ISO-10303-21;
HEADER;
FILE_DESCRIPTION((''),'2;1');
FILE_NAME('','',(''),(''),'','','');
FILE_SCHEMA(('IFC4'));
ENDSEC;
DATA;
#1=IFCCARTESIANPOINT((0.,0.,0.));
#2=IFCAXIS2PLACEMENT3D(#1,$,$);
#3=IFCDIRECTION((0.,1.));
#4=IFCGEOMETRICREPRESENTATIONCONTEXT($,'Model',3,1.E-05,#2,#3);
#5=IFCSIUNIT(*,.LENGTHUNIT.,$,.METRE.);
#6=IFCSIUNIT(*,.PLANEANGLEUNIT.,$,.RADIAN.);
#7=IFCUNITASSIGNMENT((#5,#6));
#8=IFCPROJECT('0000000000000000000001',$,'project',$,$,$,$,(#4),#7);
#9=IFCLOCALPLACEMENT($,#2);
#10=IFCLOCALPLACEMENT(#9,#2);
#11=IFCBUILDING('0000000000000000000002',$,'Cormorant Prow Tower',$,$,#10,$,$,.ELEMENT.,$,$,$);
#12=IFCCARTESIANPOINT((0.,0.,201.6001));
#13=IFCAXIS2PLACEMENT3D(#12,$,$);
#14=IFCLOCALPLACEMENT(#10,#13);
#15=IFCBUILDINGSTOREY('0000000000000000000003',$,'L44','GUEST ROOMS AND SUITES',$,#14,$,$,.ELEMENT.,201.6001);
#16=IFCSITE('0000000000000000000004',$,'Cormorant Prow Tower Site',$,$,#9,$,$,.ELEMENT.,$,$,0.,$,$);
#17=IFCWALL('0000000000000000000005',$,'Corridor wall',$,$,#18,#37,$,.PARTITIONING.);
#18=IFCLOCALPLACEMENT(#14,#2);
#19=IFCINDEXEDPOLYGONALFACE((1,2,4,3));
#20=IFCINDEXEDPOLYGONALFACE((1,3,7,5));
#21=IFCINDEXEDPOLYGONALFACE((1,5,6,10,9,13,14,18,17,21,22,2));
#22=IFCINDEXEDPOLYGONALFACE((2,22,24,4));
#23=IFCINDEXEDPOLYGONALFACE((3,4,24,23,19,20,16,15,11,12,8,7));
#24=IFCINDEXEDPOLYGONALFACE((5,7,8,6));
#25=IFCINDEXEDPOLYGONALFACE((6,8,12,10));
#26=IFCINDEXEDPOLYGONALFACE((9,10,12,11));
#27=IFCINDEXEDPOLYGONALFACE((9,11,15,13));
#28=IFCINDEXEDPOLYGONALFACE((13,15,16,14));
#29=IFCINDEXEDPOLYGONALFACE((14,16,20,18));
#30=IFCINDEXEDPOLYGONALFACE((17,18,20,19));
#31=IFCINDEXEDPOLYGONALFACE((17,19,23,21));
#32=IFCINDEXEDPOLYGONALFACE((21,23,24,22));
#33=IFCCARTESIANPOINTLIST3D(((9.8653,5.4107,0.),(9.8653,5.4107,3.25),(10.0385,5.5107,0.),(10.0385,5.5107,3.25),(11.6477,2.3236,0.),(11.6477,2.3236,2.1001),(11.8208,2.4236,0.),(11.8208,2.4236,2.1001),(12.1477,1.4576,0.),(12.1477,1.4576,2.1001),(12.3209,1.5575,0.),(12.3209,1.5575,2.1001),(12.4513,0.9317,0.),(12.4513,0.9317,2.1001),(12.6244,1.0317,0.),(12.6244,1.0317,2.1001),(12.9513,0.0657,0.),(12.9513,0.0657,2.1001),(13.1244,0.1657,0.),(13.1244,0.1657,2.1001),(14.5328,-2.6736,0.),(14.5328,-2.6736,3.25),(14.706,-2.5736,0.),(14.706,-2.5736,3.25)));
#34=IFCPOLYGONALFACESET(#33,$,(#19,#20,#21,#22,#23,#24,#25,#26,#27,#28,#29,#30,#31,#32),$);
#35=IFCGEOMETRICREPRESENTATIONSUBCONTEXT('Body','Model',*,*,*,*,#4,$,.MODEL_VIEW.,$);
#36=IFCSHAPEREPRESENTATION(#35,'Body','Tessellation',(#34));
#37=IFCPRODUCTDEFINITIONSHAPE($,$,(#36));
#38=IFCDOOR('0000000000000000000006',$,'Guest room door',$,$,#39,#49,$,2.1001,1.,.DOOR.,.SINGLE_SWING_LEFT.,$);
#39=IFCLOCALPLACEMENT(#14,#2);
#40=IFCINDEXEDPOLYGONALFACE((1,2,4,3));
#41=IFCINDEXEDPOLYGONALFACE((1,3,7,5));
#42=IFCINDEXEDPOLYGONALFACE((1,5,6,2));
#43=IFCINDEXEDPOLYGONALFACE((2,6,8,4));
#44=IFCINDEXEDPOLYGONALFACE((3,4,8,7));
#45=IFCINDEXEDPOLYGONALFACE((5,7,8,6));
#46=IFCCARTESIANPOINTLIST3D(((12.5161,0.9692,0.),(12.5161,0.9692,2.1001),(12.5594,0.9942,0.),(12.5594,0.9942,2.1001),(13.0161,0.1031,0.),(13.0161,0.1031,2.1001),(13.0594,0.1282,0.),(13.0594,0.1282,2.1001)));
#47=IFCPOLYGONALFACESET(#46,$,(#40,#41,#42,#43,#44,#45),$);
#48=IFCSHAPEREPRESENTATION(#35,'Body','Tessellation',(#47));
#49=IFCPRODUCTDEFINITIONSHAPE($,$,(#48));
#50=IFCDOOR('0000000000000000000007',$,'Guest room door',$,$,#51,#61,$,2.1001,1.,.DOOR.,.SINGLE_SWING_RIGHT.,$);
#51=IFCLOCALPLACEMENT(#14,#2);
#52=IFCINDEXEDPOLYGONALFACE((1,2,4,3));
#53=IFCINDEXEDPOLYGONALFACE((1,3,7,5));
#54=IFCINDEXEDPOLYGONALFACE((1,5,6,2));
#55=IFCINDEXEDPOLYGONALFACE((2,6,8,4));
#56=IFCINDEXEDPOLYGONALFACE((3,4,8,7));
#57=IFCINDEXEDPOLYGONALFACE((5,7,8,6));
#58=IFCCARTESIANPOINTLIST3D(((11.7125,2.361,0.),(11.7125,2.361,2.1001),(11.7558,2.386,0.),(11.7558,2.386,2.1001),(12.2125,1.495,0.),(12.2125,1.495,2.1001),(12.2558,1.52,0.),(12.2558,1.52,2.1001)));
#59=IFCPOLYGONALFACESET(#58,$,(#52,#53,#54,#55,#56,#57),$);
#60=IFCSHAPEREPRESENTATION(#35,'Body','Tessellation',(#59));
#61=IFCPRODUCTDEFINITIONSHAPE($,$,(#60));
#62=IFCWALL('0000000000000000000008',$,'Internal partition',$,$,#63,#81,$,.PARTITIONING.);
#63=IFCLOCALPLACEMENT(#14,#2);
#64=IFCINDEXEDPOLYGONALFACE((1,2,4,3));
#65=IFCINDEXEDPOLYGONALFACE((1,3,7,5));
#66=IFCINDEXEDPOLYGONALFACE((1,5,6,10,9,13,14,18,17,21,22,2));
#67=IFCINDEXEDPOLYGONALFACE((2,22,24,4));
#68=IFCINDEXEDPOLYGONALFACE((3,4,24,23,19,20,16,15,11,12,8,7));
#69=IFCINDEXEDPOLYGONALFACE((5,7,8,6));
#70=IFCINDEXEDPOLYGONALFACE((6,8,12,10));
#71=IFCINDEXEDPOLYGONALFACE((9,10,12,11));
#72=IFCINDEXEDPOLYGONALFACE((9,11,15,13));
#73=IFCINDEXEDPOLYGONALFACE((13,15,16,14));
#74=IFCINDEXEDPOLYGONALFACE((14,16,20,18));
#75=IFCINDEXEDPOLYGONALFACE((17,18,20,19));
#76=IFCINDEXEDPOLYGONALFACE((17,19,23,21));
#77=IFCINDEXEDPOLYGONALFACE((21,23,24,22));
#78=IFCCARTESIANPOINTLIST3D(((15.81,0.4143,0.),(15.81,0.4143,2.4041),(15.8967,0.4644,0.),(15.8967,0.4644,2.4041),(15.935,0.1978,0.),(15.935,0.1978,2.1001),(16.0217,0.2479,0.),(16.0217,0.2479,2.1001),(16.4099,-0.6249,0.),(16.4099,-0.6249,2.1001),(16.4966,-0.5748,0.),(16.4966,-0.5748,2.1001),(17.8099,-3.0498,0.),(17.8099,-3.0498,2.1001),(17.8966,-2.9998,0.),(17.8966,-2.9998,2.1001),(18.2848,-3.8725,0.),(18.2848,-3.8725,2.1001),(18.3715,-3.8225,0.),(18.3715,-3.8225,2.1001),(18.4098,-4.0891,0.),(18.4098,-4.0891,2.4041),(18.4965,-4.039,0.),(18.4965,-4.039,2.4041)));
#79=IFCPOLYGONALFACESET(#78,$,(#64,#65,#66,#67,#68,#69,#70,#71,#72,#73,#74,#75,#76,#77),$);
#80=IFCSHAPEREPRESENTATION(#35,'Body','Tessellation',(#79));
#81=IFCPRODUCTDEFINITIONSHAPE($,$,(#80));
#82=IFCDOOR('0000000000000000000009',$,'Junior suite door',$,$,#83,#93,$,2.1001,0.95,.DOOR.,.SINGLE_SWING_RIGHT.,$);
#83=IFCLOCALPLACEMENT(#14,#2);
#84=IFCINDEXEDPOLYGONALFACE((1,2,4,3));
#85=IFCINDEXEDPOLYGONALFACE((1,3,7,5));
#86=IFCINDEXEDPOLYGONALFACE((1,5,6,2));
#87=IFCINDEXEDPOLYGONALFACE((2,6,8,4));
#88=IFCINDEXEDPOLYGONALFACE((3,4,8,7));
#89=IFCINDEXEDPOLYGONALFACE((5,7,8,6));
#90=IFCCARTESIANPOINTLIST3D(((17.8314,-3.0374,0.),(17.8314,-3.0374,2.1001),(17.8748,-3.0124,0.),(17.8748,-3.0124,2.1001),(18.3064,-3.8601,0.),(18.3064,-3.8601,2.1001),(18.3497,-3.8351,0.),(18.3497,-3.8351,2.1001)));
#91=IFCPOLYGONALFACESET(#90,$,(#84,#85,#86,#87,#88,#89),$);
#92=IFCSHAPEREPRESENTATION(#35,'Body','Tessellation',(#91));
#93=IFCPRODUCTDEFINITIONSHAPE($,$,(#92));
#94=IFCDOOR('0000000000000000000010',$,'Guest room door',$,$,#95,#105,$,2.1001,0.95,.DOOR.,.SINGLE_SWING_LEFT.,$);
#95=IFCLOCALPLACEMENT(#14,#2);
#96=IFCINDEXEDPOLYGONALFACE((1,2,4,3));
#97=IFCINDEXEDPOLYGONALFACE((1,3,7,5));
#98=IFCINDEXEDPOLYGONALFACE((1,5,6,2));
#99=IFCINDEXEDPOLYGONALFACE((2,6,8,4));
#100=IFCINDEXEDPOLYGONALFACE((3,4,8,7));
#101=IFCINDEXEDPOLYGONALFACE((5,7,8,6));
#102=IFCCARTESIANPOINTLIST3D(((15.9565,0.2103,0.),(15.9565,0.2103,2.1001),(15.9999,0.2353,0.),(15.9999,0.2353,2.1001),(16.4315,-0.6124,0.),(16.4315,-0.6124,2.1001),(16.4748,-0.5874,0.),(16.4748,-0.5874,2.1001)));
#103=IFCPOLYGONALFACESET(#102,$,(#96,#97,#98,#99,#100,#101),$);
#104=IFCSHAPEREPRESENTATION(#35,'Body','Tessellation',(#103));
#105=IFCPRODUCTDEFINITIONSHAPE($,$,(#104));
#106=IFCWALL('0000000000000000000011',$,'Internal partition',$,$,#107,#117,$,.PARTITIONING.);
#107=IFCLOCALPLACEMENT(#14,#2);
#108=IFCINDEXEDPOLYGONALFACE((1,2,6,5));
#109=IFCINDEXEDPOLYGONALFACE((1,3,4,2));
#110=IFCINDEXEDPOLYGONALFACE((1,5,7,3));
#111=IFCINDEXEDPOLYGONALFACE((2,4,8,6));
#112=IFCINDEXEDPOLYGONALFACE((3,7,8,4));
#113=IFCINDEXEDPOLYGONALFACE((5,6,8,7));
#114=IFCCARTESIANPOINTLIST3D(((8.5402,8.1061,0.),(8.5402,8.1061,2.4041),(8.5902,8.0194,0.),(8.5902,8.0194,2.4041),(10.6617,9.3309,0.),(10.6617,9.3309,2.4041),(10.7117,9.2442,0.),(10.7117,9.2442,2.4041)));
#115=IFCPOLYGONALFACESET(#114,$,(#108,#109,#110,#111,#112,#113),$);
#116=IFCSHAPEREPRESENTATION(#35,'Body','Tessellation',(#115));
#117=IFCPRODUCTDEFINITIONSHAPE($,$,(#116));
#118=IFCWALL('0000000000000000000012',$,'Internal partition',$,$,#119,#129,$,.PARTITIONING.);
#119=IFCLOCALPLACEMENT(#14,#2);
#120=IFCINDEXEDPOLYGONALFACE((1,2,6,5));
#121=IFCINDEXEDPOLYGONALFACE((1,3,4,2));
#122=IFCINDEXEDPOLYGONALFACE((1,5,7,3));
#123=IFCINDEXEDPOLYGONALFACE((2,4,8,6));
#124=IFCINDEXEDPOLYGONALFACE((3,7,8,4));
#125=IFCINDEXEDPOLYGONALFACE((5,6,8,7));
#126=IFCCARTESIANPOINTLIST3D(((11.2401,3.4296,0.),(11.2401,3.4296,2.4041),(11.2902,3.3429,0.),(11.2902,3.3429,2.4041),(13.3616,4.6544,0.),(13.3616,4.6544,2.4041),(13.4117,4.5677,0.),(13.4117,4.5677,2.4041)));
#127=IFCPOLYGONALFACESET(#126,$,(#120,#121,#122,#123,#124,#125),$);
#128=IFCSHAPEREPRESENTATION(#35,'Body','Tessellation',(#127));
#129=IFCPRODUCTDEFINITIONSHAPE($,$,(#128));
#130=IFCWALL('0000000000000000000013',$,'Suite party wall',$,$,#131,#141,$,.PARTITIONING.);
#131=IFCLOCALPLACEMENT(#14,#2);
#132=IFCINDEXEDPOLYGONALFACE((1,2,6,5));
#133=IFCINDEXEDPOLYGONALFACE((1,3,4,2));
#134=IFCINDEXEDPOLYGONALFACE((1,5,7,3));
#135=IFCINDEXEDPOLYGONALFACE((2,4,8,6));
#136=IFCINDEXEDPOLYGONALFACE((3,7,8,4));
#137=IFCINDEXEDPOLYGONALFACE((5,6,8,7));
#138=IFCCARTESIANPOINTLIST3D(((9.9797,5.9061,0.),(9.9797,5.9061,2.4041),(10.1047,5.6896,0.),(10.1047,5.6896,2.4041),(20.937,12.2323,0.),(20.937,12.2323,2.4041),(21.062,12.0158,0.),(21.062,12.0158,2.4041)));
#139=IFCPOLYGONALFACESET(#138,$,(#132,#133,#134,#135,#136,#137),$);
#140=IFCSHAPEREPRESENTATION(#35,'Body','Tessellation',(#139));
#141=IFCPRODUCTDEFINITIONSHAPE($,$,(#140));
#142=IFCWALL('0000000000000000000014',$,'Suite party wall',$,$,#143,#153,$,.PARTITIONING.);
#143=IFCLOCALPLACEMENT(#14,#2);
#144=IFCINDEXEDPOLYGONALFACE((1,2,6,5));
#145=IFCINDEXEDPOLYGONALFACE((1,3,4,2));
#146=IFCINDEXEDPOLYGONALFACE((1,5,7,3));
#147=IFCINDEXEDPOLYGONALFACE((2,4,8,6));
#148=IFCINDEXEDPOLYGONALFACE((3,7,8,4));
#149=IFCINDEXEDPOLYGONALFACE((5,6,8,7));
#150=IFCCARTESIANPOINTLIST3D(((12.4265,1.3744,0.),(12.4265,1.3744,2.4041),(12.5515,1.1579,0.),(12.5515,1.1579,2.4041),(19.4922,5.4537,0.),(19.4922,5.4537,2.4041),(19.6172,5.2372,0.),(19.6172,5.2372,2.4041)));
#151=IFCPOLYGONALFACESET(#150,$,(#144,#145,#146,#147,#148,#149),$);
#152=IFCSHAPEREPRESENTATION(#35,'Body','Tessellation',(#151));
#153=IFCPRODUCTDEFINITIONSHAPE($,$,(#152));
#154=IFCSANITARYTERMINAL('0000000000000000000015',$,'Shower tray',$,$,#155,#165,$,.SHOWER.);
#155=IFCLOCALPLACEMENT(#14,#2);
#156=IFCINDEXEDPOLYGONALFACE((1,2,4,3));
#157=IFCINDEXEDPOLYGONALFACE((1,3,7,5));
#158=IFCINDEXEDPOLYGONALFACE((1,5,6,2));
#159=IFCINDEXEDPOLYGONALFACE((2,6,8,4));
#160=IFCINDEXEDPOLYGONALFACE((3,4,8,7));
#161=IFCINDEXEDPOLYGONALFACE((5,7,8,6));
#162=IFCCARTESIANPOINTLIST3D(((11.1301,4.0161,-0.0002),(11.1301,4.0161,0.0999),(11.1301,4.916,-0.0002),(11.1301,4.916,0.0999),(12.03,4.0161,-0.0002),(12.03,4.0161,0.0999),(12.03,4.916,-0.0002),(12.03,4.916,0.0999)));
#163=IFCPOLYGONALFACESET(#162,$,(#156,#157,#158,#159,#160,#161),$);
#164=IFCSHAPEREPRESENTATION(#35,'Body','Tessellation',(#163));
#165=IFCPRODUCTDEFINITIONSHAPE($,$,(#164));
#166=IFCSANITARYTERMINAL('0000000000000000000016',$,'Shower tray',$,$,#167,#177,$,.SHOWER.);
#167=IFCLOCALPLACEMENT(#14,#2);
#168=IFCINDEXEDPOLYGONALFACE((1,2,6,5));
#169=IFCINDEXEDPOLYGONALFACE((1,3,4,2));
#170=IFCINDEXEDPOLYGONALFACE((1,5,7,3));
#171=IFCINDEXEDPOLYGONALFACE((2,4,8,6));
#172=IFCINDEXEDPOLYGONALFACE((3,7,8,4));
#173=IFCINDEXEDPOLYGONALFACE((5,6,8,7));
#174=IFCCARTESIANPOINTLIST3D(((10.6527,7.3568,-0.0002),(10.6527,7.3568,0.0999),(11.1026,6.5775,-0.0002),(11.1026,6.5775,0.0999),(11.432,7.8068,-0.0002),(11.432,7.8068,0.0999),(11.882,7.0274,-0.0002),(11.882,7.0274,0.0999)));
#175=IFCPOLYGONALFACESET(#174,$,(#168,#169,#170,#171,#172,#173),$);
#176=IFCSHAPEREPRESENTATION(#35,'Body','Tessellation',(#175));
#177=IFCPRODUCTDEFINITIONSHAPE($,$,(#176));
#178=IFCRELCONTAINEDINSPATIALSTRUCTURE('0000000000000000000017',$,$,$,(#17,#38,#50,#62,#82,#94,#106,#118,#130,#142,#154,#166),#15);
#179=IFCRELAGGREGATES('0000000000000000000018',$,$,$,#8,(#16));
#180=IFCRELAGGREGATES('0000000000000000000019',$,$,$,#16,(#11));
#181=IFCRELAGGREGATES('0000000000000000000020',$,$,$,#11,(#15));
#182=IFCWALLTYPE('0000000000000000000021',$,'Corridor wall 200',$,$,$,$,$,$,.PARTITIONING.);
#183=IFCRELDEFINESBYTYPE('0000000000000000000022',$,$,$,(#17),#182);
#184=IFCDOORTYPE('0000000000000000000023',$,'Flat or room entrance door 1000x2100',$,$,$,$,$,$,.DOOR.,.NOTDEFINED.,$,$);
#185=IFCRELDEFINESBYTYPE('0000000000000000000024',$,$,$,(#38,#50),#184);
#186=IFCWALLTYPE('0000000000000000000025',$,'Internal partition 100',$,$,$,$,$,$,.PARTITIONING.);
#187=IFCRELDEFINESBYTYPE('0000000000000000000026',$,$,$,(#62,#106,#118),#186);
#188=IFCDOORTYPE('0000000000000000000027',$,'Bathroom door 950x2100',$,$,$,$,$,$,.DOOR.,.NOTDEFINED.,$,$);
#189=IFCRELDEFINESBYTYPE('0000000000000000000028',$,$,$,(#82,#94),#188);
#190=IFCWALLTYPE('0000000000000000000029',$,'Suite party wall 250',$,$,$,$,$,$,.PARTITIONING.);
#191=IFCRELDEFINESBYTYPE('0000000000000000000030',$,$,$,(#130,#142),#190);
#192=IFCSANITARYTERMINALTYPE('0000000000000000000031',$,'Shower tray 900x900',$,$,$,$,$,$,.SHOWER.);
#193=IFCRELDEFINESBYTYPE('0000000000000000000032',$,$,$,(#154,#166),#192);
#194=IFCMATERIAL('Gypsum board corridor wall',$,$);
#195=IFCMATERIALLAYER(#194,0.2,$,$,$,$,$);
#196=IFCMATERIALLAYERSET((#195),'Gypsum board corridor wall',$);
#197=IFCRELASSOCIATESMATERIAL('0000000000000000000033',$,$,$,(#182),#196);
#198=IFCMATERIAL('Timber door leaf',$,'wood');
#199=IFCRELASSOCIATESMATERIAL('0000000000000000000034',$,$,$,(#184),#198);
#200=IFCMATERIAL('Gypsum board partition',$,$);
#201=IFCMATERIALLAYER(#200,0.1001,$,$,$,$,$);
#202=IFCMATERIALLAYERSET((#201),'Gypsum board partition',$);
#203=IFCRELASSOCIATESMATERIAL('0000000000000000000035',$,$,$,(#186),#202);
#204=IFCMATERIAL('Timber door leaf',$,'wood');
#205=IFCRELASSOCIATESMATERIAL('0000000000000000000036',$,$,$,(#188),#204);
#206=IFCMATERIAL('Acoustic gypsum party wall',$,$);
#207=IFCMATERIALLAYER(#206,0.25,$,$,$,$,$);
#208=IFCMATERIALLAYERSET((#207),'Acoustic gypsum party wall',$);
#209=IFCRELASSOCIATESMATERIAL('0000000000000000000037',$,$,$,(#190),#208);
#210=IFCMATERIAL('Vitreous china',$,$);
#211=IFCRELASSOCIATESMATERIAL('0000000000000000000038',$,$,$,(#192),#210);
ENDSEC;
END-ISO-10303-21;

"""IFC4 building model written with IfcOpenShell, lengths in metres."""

from ifc_helpers import new_model, si_unit, direction, frame, frame_2d, origin, origin_2d, place, context, subcontext, project, spatial, rectangle, extrude, material, layer, layer_set, type_object, element, fill, save


model = new_model("IFC4")

# Units and contexts
model_context = context("Model", 3, precision=1e-05, world=origin(), true_north=direction((0.0, 1.0)))
body_context = subcontext(model_context, "Body", "Model", "MODEL_VIEW")
ifc_project = project(units=[si_unit("LENGTHUNIT", "METRE"), si_unit("PLANEANGLEUNIT", "RADIAN")], contexts=[model_context])

# Site, building, storey
site_placement = place(None, origin())
site = spatial("IfcSite", under=ifc_project, at=site_placement, Name="Cormorant Prow Tower Site", CompositionType="ELEMENT", RefElevation=0.0)
building_placement = place(site_placement, origin())
building = spatial("IfcBuilding", under=site, at=building_placement, Name="Cormorant Prow Tower", CompositionType="ELEMENT")
storey_placement = place(building_placement, frame((0.0, 0.0, 201.6001)))
storey = spatial("IfcBuildingStorey", under=building, at=storey_placement, Name="L44", Description="GUEST ROOMS AND SUITES", CompositionType="ELEMENT", Elevation=201.6001)

# Walls, openings, doors
ifc_material_1 = material(Name="Gypsum board corridor wall")
ifc_layer_1 = layer(ifc_material_1, 0.2)
ifc_layer_set_1 = layer_set([ifc_layer_1], Name="Gypsum board corridor wall")
wall_type_1 = type_object("IfcWallType", Name="Corridor wall 200", PredefinedType="PARTITIONING", material=ifc_layer_set_1)
wall_1_placement = place(storey_placement, frame((9.9519, 5.4607, 0.0), z_axis=(0.0, 0.0, 1.0), x_axis=(0.500004, -0.866023, 0.0)))
wall_1 = element("IfcWall", 1, at=wall_1_placement, inside=storey, type_object=wall_type_1, Name="Corridor wall", PredefinedType="PARTITIONING", context=body_context, shape_type="SweptSolid", body=[
    extrude(rectangle(XDim=9.335, YDim=0.2, at=frame_2d((4.6675, 0.0))), origin(), (0.0, 0.0, 1.0), 3.25),
])
opening_1_placement = place(wall_1_placement, frame((5.1719, 0.0, 0.0)))
opening_1 = element("IfcOpeningElement", 2, at=opening_1_placement, cuts=wall_1, PredefinedType="OPENING", context=body_context, shape_type="SweptSolid", body=[
    extrude(rectangle(XDim=1.0, YDim=2.1001, at=frame_2d((0.5, 1.05))), frame((0.0, 0.1099, 0.0), z_axis=(0.0, -1.0, 0.0), x_axis=(1.0, 0.0, 0.0)), (0.0, 0.0, 1.0), 0.22),
])
opening_2_placement = place(wall_1_placement, frame((3.5647, 0.0, 0.0)))
opening_2 = element("IfcOpeningElement", 3, at=opening_2_placement, cuts=wall_1, PredefinedType="OPENING", context=body_context, shape_type="SweptSolid", body=[
    extrude(rectangle(XDim=1.0, YDim=2.1001, at=frame_2d((0.5, 1.05))), frame((0.0, 0.1099, 0.0), z_axis=(0.0, -1.0, 0.0), x_axis=(1.0, 0.0, 0.0)), (0.0, 0.0, 1.0), 0.22),
])
ifc_material_2 = material(Name="Timber door leaf", Category="wood")
door_type_1 = type_object("IfcDoorType", Name="Flat or room entrance door 1000x2100", OperationType="NOTDEFINED", PredefinedType="DOOR", material=ifc_material_2)
door_1_placement = place(opening_1_placement, origin())
door_1 = element("IfcDoor", 4, at=door_1_placement, inside=storey, type_object=door_type_1, Name="Guest room door", OperationType="SINGLE_SWING_LEFT", OverallHeight=2.1001, OverallWidth=1.0, PredefinedType="DOOR", context=body_context, shape_type="SweptSolid", body=[
    extrude(rectangle(XDim=1.0, YDim=2.1001, at=frame_2d((0.5, 1.05))), frame((0.0, 0.0249, 0.0), z_axis=(0.0, -1.0, 0.0), x_axis=(1.0, 0.0, 0.0)), (0.0, 0.0, 1.0), 0.05),
])
fill(opening_1, door_1)
door_2_placement = place(opening_2_placement, origin())
door_2 = element("IfcDoor", 5, at=door_2_placement, inside=storey, type_object=door_type_1, Name="Guest room door", OperationType="SINGLE_SWING_RIGHT", OverallHeight=2.1001, OverallWidth=1.0, PredefinedType="DOOR", context=body_context, shape_type="SweptSolid", body=[
    extrude(rectangle(XDim=1.0, YDim=2.1001, at=frame_2d((0.5, 1.05))), frame((0.0, 0.0249, 0.0), z_axis=(0.0, -1.0, 0.0), x_axis=(1.0, 0.0, 0.0)), (0.0, 0.0, 1.0), 0.05),
])
fill(opening_2, door_2)
ifc_material_3 = material(Name="Gypsum board partition")
ifc_layer_2 = layer(ifc_material_3, 0.1001)
ifc_layer_set_2 = layer_set([ifc_layer_2], Name="Gypsum board partition")
wall_type_2 = type_object("IfcWallType", Name="Internal partition 100", PredefinedType="PARTITIONING", material=ifc_layer_set_2)
wall_2_placement = place(storey_placement, frame((15.8533, 0.4395, 0.0), z_axis=(0.0, 0.0, 1.0), x_axis=(0.499972, -0.866042, 0.0)))
wall_2 = element("IfcWall", 6, at=wall_2_placement, inside=storey, type_object=wall_type_2, Name="Internal partition", PredefinedType="PARTITIONING", context=body_context, shape_type="SweptSolid", body=[
    extrude(rectangle(XDim=5.2, YDim=0.1001, at=frame_2d((2.6001, 0.0))), origin(), (0.0, 0.0, 1.0), 2.4041),
])
opening_3_placement = place(wall_2_placement, frame((4.0, 0.0, 0.0)))
opening_3 = element("IfcOpeningElement", 7, at=opening_3_placement, cuts=wall_2, PredefinedType="OPENING", context=body_context, shape_type="SweptSolid", body=[
    extrude(rectangle(XDim=0.95, YDim=2.1001, at=frame_2d((0.4751, 1.05))), frame((0.0, 0.0601, 0.0), z_axis=(0.0, -1.0, 0.0), x_axis=(1.0, 0.0, 0.0)), (0.0, 0.0, 1.0), 0.1201),
])
opening_4_placement = place(wall_2_placement, frame((0.25, 0.0, 0.0)))
opening_4 = element("IfcOpeningElement", 8, at=opening_4_placement, cuts=wall_2, PredefinedType="OPENING", context=body_context, shape_type="SweptSolid", body=[
    extrude(rectangle(XDim=0.95, YDim=2.1001, at=frame_2d((0.4751, 1.05))), frame((0.0, 0.0601, 0.0), z_axis=(0.0, -1.0, 0.0), x_axis=(1.0, 0.0, 0.0)), (0.0, 0.0, 1.0), 0.1201),
])
ifc_material_4 = material(Name="Timber door leaf", Category="wood")
door_type_2 = type_object("IfcDoorType", Name="Bathroom door 950x2100", OperationType="NOTDEFINED", PredefinedType="DOOR", material=ifc_material_4)
door_3_placement = place(opening_3_placement, origin())
door_3 = element("IfcDoor", 9, at=door_3_placement, inside=storey, type_object=door_type_2, Name="Junior suite door", OperationType="SINGLE_SWING_RIGHT", OverallHeight=2.1001, OverallWidth=0.95, PredefinedType="DOOR", context=body_context, shape_type="SweptSolid", body=[
    extrude(rectangle(XDim=0.95, YDim=2.1001, at=frame_2d((0.4751, 1.05))), frame((0.0, 0.0249, 0.0), z_axis=(0.0, -1.0, 0.0), x_axis=(1.0, 0.0, 0.0)), (0.0, 0.0, 1.0), 0.05),
])
fill(opening_3, door_3)
door_4_placement = place(opening_4_placement, origin())
door_4 = element("IfcDoor", 10, at=door_4_placement, inside=storey, type_object=door_type_2, Name="Guest room door", OperationType="SINGLE_SWING_LEFT", OverallHeight=2.1001, OverallWidth=0.95, PredefinedType="DOOR", context=body_context, shape_type="SweptSolid", body=[
    extrude(rectangle(XDim=0.95, YDim=2.1001, at=frame_2d((0.4751, 1.05))), frame((0.0, 0.0249, 0.0), z_axis=(0.0, -1.0, 0.0), x_axis=(1.0, 0.0, 0.0)), (0.0, 0.0, 1.0), 0.05),
])
fill(opening_4, door_4)

# Walls
for number, where, z_axis, x_axis, name in (
    (11, (8.5652, 8.0627, 0.0), (0.0, 0.0, 1.0), (0.866033, 0.499987, 0.0), "Internal partition"),
    (12, (11.2651, 3.3862, 0.0), (0.0, 0.0, 1.0), (0.866033, 0.499987, 0.0), "Internal partition"),
):
    element("IfcWall", number, at=place(storey_placement, frame(where, z_axis=z_axis, x_axis=x_axis)), inside=storey, type_object=wall_type_2, Name=name, PredefinedType="PARTITIONING", context=body_context, shape_type="SweptSolid", body=[
        extrude(rectangle(XDim=2.4497, YDim=0.1001, at=frame_2d((1.2249, 0.0))), origin(), (0.0, 0.0, 1.0), 2.4041),
    ])
ifc_material_5 = material(Name="Acoustic gypsum party wall")
ifc_layer_3 = layer(ifc_material_5, 0.25)
ifc_layer_set_3 = layer_set([ifc_layer_3], Name="Acoustic gypsum party wall")
wall_type_3 = type_object("IfcWallType", Name="Suite party wall 250", PredefinedType="PARTITIONING", material=ifc_layer_set_3)
wall_3_placement = place(storey_placement, frame((10.0422, 5.7979, 0.0), z_axis=(0.0, 0.0, 1.0), x_axis=(0.866026, 0.499999, 0.0)))
element("IfcWall", 13, at=wall_3_placement, inside=storey, type_object=wall_type_3, Name="Suite party wall", PredefinedType="PARTITIONING", context=body_context, shape_type="SweptSolid", body=[
    extrude(rectangle(XDim=12.6523, YDim=0.25, at=frame_2d((6.3262, 0.0))), origin(), (0.0, 0.0, 1.0), 2.4041),
])
wall_4_placement = place(storey_placement, frame((12.489, 1.2661, 0.0), z_axis=(0.0, 0.0, 1.0), x_axis=(0.866027, 0.499998, 0.0)))
element("IfcWall", 14, at=wall_4_placement, inside=storey, type_object=wall_type_3, Name="Suite party wall", PredefinedType="PARTITIONING", context=body_context, shape_type="SweptSolid", body=[
    extrude(rectangle(XDim=8.1587, YDim=0.25, at=frame_2d((4.0793, 0.0))), origin(), (0.0, 0.0, 1.0), 2.4041),
])

# Sanitary terminals
ifc_material_6 = material(Name="Vitreous china")
sanitary_terminal_type_1 = type_object("IfcSanitaryTerminalType", Name="Shower tray 900x900", PredefinedType="SHOWER", material=ifc_material_6)
for number, where, z_axis, x_axis, name in (
    (15, (11.5801, 4.4661, -0.0002), (0.0, 0.0, 1.0), (1.0, 0.0, 0.0), "Shower tray"),
    (16, (11.2673, 7.1921, -0.0002), (0.0, 0.0, 1.0), (-0.866025, -0.5, 0.0), "Shower tray"),
):
    element("IfcSanitaryTerminal", number, at=place(storey_placement, frame(where, z_axis=z_axis, x_axis=x_axis)), inside=storey, type_object=sanitary_terminal_type_1, Name=name, PredefinedType="SHOWER", context=body_context, shape_type="SweptSolid", body=[
        extrude(rectangle(XDim=0.8999, YDim=0.8999, at=origin_2d()), origin(), (0.0, 0.0, 1.0), 0.1001),
    ])

save(model, "model.ifc")
